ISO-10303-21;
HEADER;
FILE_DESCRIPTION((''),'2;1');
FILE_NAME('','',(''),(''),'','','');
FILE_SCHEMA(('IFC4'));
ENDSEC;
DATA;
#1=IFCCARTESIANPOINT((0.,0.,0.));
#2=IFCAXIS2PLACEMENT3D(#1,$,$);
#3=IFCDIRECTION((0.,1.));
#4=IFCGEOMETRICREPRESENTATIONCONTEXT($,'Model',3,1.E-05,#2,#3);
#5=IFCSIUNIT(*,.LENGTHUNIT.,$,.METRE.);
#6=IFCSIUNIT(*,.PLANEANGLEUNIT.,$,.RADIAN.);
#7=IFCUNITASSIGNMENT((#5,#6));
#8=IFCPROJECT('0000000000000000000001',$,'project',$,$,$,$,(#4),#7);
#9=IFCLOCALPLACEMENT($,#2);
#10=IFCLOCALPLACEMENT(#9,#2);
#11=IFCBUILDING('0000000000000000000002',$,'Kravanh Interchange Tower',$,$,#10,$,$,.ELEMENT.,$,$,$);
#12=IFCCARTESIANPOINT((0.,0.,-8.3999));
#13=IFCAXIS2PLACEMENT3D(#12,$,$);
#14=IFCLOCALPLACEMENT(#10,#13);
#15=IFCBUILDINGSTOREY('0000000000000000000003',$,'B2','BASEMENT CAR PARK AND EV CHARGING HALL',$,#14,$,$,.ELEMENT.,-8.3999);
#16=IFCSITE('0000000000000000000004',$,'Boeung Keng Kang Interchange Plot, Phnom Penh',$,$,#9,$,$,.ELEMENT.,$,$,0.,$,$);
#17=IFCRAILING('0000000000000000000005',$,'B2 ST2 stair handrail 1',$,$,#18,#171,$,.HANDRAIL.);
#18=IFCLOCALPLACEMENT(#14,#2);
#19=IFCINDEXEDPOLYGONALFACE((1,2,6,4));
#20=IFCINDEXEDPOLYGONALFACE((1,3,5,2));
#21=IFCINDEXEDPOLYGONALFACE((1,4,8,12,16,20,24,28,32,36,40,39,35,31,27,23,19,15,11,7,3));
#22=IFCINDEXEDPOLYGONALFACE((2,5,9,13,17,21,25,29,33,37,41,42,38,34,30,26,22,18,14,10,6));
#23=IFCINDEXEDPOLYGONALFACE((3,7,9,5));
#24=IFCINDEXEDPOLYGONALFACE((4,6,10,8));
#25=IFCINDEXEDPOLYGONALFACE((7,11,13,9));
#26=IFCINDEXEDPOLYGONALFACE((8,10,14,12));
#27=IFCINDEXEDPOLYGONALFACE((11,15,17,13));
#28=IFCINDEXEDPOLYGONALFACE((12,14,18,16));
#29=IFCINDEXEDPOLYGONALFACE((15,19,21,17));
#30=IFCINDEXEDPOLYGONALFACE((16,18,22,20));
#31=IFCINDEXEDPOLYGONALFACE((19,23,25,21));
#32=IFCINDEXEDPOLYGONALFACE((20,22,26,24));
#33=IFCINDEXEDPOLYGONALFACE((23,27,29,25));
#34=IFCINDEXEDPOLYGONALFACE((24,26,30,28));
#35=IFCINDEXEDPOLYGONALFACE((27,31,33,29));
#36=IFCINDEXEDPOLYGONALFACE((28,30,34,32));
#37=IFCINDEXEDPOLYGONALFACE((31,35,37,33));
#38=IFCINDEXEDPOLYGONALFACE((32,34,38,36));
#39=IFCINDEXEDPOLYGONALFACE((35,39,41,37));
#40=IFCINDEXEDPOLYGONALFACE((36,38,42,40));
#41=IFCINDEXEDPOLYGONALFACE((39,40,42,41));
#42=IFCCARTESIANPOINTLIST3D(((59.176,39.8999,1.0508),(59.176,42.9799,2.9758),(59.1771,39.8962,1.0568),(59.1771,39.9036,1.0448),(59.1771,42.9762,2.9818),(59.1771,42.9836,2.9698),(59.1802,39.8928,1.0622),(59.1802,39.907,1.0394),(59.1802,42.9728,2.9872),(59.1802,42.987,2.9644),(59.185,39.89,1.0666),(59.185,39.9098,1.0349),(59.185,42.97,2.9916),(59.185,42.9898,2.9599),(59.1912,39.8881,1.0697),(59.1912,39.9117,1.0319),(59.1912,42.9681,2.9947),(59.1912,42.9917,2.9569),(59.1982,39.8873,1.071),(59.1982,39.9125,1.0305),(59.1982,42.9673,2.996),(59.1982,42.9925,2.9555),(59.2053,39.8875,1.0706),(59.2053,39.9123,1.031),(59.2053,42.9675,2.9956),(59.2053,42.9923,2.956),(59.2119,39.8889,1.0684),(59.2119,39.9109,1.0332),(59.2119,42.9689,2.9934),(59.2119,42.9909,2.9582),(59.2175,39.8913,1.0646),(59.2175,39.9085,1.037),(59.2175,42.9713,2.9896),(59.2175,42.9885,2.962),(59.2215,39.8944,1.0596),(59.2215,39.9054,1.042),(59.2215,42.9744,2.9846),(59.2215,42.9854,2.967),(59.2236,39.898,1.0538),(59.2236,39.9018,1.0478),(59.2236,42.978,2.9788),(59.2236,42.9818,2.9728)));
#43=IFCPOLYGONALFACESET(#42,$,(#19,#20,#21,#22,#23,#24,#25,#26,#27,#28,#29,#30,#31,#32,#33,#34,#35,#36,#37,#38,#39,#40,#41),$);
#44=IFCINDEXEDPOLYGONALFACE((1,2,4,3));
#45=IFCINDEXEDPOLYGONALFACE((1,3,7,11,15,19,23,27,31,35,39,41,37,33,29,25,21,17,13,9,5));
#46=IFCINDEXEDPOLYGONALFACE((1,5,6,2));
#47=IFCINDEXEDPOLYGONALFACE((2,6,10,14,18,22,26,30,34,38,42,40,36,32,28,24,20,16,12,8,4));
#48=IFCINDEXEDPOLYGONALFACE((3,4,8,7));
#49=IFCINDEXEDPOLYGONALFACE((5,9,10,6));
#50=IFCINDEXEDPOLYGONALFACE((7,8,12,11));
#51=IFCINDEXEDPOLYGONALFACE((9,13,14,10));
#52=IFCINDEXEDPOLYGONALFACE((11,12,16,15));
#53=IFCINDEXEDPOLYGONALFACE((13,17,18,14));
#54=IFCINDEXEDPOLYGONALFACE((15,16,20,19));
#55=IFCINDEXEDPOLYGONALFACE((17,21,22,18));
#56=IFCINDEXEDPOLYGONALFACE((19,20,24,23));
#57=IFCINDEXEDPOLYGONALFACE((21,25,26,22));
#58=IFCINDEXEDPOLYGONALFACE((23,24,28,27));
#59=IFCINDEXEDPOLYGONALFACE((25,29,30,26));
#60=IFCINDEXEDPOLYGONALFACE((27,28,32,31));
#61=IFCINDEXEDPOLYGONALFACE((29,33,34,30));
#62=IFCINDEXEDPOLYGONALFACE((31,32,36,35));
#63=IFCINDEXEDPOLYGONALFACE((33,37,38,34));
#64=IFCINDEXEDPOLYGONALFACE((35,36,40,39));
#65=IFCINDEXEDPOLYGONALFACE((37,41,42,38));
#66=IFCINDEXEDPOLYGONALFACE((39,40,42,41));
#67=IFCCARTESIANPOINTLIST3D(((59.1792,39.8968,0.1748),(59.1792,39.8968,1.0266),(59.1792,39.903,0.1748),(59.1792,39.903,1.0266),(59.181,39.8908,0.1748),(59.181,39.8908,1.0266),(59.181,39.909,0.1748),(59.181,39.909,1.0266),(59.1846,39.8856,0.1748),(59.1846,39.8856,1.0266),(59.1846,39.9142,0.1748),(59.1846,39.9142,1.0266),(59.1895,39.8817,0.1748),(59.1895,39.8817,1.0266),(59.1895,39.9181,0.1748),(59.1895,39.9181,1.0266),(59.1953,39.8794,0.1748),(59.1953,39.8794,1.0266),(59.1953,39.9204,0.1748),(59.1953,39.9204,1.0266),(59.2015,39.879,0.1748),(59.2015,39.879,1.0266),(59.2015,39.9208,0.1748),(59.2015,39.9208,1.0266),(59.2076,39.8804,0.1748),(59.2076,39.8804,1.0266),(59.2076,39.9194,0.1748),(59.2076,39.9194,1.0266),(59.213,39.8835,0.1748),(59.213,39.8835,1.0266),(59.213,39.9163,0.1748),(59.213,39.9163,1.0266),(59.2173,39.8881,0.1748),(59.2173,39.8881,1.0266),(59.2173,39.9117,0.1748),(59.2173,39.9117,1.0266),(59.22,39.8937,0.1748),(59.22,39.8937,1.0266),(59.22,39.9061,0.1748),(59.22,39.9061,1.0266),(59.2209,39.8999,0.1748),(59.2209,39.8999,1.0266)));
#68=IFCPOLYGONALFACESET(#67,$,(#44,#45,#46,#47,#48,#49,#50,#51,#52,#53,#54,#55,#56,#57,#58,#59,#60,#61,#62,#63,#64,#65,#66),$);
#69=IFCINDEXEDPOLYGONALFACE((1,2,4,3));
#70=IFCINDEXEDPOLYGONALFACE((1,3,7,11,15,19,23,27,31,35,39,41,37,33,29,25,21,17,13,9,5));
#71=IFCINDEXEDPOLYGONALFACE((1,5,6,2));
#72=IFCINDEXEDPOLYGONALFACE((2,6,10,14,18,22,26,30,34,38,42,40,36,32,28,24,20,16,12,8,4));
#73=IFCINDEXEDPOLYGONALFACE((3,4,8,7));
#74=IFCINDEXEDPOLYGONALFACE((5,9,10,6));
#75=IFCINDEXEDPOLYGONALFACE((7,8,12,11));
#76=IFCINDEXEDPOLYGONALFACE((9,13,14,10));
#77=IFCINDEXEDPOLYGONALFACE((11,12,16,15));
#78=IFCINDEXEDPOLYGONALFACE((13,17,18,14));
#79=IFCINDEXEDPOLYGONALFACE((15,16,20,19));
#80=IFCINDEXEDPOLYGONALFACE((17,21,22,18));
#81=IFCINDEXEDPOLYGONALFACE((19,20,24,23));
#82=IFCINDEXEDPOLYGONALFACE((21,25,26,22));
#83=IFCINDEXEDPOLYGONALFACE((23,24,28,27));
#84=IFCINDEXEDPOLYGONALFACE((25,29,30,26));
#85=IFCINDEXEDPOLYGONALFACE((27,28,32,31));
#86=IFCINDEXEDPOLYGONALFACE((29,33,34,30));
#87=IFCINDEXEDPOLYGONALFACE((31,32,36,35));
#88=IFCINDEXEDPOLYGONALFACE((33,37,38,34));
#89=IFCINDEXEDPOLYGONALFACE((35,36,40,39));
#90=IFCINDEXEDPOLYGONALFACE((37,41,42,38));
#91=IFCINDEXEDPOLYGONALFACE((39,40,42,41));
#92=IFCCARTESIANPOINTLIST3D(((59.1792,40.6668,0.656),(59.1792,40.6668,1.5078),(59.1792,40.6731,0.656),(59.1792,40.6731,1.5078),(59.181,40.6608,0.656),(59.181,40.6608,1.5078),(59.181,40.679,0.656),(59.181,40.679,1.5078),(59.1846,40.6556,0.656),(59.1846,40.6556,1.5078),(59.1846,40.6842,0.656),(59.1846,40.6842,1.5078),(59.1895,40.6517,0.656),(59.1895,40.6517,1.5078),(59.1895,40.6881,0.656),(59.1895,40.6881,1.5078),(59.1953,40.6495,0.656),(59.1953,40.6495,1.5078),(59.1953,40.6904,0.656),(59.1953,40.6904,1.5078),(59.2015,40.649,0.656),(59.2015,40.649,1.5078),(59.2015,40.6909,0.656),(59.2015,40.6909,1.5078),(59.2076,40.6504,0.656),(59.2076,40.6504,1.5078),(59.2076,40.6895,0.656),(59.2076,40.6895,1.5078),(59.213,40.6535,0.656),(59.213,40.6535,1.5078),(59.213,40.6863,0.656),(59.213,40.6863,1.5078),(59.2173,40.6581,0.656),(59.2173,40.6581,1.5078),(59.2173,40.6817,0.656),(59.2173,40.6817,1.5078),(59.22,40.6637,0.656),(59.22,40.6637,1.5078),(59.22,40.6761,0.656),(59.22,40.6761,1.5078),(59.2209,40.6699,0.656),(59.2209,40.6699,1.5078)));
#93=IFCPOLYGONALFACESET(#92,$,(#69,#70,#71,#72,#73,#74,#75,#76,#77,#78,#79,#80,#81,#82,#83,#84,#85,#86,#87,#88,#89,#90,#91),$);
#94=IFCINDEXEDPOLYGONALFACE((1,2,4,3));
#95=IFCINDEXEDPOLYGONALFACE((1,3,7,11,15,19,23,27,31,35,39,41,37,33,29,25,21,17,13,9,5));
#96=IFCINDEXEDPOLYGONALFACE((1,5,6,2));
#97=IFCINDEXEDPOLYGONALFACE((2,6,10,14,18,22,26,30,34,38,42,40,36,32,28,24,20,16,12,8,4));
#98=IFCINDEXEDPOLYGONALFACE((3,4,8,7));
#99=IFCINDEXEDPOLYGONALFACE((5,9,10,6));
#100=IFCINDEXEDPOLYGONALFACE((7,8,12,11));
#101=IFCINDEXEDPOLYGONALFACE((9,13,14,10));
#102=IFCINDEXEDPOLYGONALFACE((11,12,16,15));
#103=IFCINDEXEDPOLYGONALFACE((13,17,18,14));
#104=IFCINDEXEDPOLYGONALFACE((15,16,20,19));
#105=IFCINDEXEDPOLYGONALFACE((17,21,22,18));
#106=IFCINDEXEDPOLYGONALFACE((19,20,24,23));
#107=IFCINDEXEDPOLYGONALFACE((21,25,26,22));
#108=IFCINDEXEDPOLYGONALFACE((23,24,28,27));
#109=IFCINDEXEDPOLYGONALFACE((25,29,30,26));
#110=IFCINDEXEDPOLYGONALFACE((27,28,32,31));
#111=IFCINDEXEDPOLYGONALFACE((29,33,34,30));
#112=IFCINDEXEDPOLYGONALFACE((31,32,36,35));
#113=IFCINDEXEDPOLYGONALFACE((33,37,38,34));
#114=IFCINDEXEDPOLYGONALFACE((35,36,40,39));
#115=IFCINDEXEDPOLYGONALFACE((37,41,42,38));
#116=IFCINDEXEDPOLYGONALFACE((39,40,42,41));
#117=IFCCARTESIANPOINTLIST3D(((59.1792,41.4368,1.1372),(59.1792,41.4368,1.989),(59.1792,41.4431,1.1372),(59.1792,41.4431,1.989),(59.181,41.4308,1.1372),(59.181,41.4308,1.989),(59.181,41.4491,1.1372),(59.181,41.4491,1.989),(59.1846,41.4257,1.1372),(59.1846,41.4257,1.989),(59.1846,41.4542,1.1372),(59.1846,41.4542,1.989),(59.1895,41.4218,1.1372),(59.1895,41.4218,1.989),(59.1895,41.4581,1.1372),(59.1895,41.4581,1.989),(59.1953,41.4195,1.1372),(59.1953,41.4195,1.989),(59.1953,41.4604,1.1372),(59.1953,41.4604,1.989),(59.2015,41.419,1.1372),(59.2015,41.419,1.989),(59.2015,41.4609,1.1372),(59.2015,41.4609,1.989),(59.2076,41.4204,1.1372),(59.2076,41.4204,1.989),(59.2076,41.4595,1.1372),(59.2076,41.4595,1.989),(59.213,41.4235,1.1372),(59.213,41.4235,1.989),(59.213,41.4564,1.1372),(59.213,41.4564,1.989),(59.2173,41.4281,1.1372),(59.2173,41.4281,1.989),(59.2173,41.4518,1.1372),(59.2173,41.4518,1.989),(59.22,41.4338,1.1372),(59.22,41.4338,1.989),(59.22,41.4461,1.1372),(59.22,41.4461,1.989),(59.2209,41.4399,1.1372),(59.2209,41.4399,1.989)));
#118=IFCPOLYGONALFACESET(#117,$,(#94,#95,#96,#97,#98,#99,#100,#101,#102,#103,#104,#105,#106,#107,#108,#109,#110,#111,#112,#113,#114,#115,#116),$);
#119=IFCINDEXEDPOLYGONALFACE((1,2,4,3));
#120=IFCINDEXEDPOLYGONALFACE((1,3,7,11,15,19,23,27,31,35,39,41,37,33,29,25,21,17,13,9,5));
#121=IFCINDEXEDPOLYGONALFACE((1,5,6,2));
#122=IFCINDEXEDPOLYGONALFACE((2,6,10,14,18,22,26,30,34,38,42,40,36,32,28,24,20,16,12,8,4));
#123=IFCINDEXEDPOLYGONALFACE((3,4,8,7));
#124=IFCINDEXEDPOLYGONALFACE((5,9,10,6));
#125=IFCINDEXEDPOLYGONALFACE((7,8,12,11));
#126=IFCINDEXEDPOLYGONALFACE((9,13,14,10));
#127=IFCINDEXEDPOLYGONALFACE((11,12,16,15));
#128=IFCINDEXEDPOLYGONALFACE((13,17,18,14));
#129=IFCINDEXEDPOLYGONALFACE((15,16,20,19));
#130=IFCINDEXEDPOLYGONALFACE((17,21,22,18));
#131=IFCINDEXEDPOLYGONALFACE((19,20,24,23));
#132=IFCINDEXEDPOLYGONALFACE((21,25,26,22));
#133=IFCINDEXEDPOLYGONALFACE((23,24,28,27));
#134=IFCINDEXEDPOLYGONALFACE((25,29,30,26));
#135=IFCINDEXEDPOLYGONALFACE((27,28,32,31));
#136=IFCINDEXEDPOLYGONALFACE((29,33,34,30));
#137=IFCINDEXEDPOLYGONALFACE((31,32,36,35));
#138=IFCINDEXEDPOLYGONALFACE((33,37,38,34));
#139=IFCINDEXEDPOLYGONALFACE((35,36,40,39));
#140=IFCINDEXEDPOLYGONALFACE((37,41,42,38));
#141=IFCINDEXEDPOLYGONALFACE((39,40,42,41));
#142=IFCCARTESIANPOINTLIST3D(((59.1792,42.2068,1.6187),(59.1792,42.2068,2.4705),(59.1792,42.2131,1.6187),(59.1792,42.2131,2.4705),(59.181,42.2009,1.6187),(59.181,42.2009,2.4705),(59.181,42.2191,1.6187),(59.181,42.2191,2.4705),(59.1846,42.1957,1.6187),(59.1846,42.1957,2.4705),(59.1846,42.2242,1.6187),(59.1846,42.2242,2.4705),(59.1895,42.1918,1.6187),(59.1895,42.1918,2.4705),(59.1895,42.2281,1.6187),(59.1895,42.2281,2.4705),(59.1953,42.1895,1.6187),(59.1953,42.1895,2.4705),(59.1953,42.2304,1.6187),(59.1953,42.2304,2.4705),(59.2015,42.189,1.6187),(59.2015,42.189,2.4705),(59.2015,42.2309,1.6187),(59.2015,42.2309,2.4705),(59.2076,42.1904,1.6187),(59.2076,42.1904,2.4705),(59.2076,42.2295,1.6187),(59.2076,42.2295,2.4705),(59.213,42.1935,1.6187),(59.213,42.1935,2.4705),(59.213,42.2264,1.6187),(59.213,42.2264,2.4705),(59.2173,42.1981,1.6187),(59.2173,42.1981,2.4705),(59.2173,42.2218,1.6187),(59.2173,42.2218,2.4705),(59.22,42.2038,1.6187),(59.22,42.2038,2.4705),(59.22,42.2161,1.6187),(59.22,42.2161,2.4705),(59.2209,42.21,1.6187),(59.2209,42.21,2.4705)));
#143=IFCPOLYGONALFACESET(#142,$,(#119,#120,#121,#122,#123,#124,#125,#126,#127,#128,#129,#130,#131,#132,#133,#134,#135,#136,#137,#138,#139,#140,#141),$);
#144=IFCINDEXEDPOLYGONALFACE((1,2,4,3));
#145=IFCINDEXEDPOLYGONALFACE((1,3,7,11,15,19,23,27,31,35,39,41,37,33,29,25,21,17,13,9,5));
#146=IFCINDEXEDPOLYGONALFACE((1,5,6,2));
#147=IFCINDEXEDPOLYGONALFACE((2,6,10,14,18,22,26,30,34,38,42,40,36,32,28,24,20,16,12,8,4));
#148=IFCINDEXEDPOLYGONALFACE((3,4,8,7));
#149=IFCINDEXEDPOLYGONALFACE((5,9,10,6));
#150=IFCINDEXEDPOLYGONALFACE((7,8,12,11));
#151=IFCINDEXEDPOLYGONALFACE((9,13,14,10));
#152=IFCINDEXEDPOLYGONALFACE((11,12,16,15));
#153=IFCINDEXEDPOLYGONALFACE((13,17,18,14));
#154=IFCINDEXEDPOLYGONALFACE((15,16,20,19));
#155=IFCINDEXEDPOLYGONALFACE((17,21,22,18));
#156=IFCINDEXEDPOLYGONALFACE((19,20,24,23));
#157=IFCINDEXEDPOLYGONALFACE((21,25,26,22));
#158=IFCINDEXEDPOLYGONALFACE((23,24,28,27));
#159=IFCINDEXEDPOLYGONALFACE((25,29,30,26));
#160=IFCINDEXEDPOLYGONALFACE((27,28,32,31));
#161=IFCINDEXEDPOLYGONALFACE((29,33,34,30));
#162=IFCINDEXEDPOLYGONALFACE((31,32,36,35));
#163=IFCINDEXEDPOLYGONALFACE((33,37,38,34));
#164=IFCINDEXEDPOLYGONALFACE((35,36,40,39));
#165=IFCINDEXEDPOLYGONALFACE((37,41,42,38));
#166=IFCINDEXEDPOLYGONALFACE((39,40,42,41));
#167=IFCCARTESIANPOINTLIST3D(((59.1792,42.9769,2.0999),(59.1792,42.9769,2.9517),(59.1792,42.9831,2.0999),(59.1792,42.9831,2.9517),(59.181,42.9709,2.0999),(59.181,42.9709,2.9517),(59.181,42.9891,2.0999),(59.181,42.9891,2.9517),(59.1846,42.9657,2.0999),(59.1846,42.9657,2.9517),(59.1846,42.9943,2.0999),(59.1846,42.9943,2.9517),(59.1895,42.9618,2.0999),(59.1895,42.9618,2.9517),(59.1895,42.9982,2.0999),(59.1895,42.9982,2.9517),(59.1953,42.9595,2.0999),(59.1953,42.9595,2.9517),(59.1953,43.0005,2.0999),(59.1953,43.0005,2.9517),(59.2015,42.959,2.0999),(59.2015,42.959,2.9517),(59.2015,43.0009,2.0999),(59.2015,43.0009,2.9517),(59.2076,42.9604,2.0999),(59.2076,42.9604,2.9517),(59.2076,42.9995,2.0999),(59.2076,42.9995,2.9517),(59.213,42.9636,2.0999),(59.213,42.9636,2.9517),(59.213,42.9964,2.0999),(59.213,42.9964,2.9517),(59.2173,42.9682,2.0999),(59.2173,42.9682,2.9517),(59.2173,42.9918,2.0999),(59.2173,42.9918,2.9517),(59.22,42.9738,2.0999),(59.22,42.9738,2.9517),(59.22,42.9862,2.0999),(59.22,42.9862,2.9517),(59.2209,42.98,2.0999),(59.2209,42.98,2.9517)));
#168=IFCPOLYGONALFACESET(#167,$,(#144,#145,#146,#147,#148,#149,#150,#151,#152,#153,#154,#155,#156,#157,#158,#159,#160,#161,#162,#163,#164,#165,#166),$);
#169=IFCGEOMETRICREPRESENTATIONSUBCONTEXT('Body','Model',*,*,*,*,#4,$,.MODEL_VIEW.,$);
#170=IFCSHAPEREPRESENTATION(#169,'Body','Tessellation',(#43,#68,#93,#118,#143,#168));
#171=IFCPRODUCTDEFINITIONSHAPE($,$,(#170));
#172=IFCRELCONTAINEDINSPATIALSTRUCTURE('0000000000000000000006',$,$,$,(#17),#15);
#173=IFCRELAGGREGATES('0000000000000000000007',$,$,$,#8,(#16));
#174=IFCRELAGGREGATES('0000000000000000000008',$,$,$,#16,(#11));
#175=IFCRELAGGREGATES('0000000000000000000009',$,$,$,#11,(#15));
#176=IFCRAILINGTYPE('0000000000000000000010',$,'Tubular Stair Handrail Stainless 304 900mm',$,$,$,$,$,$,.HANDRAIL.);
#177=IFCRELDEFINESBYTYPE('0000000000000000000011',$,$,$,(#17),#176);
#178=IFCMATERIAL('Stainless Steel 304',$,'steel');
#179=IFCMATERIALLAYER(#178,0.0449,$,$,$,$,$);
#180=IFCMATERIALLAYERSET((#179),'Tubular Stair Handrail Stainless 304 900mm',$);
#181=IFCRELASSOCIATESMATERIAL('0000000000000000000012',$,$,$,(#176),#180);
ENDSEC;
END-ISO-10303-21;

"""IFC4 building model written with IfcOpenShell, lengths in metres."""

from ifc_helpers import new_model, si_unit, direction, frame, origin, origin_2d, place, context, subcontext, project, spatial, circle, extrude, material, layer, layer_set, type_object, element, save


model = new_model("IFC4")

# Units and contexts
model_context = context("Model", 3, precision=1e-05, world=origin(), true_north=direction((0.0, 1.0)))
body_context = subcontext(model_context, "Body", "Model", "MODEL_VIEW")
ifc_project = project(units=[si_unit("LENGTHUNIT", "METRE"), si_unit("PLANEANGLEUNIT", "RADIAN")], contexts=[model_context])

# Site, building, storey
site_placement = place(None, origin())
site = spatial("IfcSite", under=ifc_project, at=site_placement, Name="Boeung Keng Kang Interchange Plot, Phnom Penh", CompositionType="ELEMENT", RefElevation=0.0)
building_placement = place(site_placement, origin())
building = spatial("IfcBuilding", under=site, at=building_placement, Name="Kravanh Interchange Tower", CompositionType="ELEMENT")
storey_placement = place(building_placement, frame((0.0, 0.0, -8.3999)))
storey = spatial("IfcBuildingStorey", under=building, at=storey_placement, Name="B2", Description="BASEMENT CAR PARK AND EV CHARGING HALL", CompositionType="ELEMENT", Elevation=-8.3999)

# Railing
ifc_material_1 = material(Name="Stainless Steel 304", Category="steel")
ifc_layer_1 = layer(ifc_material_1, 0.0449)
ifc_layer_set_1 = layer_set([ifc_layer_1], Name="Tubular Stair Handrail Stainless 304 900mm")
railing_type_1 = type_object("IfcRailingType", Name="Tubular Stair Handrail Stainless 304 900mm", PredefinedType="HANDRAIL", material=ifc_layer_set_1)
railing_1_placement = place(storey_placement, frame((59.2, 39.8999, 0.1748)))
element("IfcRailing", 1, at=railing_1_placement, inside=storey, type_object=railing_type_1, Name="B2 ST2 stair handrail 1", PredefinedType="HANDRAIL", context=body_context, shape_type="SweptSolid", body=[
    extrude(circle(Radius=0.0239, at=origin_2d()), frame((0.0, 0.0, 0.876), z_axis=(0.0, 0.847998, 0.529999), x_axis=(-1.0, 0.0, 0.0)), (0.0, 0.0, 1.0), 3.6321),
    extrude(circle(Radius=0.021, at=origin_2d()), origin(), (0.0, 0.0, 1.0), 0.8518),
    extrude(circle(Radius=0.021, at=origin_2d()), frame((0.0, 0.77, 0.4812)), (0.0, 0.0, 1.0), 0.8518),
    extrude(circle(Radius=0.021, at=origin_2d()), frame((0.0, 1.54, 0.9624)), (0.0, 0.0, 1.0), 0.8518),
    extrude(circle(Radius=0.021, at=origin_2d()), frame((0.0, 2.3101, 1.4438)), (0.0, 0.0, 1.0), 0.8518),
    extrude(circle(Radius=0.021, at=origin_2d()), frame((0.0, 3.0801, 1.925)), (0.0, 0.0, 1.0), 0.8518),
])

save(model, "model.ifc")
